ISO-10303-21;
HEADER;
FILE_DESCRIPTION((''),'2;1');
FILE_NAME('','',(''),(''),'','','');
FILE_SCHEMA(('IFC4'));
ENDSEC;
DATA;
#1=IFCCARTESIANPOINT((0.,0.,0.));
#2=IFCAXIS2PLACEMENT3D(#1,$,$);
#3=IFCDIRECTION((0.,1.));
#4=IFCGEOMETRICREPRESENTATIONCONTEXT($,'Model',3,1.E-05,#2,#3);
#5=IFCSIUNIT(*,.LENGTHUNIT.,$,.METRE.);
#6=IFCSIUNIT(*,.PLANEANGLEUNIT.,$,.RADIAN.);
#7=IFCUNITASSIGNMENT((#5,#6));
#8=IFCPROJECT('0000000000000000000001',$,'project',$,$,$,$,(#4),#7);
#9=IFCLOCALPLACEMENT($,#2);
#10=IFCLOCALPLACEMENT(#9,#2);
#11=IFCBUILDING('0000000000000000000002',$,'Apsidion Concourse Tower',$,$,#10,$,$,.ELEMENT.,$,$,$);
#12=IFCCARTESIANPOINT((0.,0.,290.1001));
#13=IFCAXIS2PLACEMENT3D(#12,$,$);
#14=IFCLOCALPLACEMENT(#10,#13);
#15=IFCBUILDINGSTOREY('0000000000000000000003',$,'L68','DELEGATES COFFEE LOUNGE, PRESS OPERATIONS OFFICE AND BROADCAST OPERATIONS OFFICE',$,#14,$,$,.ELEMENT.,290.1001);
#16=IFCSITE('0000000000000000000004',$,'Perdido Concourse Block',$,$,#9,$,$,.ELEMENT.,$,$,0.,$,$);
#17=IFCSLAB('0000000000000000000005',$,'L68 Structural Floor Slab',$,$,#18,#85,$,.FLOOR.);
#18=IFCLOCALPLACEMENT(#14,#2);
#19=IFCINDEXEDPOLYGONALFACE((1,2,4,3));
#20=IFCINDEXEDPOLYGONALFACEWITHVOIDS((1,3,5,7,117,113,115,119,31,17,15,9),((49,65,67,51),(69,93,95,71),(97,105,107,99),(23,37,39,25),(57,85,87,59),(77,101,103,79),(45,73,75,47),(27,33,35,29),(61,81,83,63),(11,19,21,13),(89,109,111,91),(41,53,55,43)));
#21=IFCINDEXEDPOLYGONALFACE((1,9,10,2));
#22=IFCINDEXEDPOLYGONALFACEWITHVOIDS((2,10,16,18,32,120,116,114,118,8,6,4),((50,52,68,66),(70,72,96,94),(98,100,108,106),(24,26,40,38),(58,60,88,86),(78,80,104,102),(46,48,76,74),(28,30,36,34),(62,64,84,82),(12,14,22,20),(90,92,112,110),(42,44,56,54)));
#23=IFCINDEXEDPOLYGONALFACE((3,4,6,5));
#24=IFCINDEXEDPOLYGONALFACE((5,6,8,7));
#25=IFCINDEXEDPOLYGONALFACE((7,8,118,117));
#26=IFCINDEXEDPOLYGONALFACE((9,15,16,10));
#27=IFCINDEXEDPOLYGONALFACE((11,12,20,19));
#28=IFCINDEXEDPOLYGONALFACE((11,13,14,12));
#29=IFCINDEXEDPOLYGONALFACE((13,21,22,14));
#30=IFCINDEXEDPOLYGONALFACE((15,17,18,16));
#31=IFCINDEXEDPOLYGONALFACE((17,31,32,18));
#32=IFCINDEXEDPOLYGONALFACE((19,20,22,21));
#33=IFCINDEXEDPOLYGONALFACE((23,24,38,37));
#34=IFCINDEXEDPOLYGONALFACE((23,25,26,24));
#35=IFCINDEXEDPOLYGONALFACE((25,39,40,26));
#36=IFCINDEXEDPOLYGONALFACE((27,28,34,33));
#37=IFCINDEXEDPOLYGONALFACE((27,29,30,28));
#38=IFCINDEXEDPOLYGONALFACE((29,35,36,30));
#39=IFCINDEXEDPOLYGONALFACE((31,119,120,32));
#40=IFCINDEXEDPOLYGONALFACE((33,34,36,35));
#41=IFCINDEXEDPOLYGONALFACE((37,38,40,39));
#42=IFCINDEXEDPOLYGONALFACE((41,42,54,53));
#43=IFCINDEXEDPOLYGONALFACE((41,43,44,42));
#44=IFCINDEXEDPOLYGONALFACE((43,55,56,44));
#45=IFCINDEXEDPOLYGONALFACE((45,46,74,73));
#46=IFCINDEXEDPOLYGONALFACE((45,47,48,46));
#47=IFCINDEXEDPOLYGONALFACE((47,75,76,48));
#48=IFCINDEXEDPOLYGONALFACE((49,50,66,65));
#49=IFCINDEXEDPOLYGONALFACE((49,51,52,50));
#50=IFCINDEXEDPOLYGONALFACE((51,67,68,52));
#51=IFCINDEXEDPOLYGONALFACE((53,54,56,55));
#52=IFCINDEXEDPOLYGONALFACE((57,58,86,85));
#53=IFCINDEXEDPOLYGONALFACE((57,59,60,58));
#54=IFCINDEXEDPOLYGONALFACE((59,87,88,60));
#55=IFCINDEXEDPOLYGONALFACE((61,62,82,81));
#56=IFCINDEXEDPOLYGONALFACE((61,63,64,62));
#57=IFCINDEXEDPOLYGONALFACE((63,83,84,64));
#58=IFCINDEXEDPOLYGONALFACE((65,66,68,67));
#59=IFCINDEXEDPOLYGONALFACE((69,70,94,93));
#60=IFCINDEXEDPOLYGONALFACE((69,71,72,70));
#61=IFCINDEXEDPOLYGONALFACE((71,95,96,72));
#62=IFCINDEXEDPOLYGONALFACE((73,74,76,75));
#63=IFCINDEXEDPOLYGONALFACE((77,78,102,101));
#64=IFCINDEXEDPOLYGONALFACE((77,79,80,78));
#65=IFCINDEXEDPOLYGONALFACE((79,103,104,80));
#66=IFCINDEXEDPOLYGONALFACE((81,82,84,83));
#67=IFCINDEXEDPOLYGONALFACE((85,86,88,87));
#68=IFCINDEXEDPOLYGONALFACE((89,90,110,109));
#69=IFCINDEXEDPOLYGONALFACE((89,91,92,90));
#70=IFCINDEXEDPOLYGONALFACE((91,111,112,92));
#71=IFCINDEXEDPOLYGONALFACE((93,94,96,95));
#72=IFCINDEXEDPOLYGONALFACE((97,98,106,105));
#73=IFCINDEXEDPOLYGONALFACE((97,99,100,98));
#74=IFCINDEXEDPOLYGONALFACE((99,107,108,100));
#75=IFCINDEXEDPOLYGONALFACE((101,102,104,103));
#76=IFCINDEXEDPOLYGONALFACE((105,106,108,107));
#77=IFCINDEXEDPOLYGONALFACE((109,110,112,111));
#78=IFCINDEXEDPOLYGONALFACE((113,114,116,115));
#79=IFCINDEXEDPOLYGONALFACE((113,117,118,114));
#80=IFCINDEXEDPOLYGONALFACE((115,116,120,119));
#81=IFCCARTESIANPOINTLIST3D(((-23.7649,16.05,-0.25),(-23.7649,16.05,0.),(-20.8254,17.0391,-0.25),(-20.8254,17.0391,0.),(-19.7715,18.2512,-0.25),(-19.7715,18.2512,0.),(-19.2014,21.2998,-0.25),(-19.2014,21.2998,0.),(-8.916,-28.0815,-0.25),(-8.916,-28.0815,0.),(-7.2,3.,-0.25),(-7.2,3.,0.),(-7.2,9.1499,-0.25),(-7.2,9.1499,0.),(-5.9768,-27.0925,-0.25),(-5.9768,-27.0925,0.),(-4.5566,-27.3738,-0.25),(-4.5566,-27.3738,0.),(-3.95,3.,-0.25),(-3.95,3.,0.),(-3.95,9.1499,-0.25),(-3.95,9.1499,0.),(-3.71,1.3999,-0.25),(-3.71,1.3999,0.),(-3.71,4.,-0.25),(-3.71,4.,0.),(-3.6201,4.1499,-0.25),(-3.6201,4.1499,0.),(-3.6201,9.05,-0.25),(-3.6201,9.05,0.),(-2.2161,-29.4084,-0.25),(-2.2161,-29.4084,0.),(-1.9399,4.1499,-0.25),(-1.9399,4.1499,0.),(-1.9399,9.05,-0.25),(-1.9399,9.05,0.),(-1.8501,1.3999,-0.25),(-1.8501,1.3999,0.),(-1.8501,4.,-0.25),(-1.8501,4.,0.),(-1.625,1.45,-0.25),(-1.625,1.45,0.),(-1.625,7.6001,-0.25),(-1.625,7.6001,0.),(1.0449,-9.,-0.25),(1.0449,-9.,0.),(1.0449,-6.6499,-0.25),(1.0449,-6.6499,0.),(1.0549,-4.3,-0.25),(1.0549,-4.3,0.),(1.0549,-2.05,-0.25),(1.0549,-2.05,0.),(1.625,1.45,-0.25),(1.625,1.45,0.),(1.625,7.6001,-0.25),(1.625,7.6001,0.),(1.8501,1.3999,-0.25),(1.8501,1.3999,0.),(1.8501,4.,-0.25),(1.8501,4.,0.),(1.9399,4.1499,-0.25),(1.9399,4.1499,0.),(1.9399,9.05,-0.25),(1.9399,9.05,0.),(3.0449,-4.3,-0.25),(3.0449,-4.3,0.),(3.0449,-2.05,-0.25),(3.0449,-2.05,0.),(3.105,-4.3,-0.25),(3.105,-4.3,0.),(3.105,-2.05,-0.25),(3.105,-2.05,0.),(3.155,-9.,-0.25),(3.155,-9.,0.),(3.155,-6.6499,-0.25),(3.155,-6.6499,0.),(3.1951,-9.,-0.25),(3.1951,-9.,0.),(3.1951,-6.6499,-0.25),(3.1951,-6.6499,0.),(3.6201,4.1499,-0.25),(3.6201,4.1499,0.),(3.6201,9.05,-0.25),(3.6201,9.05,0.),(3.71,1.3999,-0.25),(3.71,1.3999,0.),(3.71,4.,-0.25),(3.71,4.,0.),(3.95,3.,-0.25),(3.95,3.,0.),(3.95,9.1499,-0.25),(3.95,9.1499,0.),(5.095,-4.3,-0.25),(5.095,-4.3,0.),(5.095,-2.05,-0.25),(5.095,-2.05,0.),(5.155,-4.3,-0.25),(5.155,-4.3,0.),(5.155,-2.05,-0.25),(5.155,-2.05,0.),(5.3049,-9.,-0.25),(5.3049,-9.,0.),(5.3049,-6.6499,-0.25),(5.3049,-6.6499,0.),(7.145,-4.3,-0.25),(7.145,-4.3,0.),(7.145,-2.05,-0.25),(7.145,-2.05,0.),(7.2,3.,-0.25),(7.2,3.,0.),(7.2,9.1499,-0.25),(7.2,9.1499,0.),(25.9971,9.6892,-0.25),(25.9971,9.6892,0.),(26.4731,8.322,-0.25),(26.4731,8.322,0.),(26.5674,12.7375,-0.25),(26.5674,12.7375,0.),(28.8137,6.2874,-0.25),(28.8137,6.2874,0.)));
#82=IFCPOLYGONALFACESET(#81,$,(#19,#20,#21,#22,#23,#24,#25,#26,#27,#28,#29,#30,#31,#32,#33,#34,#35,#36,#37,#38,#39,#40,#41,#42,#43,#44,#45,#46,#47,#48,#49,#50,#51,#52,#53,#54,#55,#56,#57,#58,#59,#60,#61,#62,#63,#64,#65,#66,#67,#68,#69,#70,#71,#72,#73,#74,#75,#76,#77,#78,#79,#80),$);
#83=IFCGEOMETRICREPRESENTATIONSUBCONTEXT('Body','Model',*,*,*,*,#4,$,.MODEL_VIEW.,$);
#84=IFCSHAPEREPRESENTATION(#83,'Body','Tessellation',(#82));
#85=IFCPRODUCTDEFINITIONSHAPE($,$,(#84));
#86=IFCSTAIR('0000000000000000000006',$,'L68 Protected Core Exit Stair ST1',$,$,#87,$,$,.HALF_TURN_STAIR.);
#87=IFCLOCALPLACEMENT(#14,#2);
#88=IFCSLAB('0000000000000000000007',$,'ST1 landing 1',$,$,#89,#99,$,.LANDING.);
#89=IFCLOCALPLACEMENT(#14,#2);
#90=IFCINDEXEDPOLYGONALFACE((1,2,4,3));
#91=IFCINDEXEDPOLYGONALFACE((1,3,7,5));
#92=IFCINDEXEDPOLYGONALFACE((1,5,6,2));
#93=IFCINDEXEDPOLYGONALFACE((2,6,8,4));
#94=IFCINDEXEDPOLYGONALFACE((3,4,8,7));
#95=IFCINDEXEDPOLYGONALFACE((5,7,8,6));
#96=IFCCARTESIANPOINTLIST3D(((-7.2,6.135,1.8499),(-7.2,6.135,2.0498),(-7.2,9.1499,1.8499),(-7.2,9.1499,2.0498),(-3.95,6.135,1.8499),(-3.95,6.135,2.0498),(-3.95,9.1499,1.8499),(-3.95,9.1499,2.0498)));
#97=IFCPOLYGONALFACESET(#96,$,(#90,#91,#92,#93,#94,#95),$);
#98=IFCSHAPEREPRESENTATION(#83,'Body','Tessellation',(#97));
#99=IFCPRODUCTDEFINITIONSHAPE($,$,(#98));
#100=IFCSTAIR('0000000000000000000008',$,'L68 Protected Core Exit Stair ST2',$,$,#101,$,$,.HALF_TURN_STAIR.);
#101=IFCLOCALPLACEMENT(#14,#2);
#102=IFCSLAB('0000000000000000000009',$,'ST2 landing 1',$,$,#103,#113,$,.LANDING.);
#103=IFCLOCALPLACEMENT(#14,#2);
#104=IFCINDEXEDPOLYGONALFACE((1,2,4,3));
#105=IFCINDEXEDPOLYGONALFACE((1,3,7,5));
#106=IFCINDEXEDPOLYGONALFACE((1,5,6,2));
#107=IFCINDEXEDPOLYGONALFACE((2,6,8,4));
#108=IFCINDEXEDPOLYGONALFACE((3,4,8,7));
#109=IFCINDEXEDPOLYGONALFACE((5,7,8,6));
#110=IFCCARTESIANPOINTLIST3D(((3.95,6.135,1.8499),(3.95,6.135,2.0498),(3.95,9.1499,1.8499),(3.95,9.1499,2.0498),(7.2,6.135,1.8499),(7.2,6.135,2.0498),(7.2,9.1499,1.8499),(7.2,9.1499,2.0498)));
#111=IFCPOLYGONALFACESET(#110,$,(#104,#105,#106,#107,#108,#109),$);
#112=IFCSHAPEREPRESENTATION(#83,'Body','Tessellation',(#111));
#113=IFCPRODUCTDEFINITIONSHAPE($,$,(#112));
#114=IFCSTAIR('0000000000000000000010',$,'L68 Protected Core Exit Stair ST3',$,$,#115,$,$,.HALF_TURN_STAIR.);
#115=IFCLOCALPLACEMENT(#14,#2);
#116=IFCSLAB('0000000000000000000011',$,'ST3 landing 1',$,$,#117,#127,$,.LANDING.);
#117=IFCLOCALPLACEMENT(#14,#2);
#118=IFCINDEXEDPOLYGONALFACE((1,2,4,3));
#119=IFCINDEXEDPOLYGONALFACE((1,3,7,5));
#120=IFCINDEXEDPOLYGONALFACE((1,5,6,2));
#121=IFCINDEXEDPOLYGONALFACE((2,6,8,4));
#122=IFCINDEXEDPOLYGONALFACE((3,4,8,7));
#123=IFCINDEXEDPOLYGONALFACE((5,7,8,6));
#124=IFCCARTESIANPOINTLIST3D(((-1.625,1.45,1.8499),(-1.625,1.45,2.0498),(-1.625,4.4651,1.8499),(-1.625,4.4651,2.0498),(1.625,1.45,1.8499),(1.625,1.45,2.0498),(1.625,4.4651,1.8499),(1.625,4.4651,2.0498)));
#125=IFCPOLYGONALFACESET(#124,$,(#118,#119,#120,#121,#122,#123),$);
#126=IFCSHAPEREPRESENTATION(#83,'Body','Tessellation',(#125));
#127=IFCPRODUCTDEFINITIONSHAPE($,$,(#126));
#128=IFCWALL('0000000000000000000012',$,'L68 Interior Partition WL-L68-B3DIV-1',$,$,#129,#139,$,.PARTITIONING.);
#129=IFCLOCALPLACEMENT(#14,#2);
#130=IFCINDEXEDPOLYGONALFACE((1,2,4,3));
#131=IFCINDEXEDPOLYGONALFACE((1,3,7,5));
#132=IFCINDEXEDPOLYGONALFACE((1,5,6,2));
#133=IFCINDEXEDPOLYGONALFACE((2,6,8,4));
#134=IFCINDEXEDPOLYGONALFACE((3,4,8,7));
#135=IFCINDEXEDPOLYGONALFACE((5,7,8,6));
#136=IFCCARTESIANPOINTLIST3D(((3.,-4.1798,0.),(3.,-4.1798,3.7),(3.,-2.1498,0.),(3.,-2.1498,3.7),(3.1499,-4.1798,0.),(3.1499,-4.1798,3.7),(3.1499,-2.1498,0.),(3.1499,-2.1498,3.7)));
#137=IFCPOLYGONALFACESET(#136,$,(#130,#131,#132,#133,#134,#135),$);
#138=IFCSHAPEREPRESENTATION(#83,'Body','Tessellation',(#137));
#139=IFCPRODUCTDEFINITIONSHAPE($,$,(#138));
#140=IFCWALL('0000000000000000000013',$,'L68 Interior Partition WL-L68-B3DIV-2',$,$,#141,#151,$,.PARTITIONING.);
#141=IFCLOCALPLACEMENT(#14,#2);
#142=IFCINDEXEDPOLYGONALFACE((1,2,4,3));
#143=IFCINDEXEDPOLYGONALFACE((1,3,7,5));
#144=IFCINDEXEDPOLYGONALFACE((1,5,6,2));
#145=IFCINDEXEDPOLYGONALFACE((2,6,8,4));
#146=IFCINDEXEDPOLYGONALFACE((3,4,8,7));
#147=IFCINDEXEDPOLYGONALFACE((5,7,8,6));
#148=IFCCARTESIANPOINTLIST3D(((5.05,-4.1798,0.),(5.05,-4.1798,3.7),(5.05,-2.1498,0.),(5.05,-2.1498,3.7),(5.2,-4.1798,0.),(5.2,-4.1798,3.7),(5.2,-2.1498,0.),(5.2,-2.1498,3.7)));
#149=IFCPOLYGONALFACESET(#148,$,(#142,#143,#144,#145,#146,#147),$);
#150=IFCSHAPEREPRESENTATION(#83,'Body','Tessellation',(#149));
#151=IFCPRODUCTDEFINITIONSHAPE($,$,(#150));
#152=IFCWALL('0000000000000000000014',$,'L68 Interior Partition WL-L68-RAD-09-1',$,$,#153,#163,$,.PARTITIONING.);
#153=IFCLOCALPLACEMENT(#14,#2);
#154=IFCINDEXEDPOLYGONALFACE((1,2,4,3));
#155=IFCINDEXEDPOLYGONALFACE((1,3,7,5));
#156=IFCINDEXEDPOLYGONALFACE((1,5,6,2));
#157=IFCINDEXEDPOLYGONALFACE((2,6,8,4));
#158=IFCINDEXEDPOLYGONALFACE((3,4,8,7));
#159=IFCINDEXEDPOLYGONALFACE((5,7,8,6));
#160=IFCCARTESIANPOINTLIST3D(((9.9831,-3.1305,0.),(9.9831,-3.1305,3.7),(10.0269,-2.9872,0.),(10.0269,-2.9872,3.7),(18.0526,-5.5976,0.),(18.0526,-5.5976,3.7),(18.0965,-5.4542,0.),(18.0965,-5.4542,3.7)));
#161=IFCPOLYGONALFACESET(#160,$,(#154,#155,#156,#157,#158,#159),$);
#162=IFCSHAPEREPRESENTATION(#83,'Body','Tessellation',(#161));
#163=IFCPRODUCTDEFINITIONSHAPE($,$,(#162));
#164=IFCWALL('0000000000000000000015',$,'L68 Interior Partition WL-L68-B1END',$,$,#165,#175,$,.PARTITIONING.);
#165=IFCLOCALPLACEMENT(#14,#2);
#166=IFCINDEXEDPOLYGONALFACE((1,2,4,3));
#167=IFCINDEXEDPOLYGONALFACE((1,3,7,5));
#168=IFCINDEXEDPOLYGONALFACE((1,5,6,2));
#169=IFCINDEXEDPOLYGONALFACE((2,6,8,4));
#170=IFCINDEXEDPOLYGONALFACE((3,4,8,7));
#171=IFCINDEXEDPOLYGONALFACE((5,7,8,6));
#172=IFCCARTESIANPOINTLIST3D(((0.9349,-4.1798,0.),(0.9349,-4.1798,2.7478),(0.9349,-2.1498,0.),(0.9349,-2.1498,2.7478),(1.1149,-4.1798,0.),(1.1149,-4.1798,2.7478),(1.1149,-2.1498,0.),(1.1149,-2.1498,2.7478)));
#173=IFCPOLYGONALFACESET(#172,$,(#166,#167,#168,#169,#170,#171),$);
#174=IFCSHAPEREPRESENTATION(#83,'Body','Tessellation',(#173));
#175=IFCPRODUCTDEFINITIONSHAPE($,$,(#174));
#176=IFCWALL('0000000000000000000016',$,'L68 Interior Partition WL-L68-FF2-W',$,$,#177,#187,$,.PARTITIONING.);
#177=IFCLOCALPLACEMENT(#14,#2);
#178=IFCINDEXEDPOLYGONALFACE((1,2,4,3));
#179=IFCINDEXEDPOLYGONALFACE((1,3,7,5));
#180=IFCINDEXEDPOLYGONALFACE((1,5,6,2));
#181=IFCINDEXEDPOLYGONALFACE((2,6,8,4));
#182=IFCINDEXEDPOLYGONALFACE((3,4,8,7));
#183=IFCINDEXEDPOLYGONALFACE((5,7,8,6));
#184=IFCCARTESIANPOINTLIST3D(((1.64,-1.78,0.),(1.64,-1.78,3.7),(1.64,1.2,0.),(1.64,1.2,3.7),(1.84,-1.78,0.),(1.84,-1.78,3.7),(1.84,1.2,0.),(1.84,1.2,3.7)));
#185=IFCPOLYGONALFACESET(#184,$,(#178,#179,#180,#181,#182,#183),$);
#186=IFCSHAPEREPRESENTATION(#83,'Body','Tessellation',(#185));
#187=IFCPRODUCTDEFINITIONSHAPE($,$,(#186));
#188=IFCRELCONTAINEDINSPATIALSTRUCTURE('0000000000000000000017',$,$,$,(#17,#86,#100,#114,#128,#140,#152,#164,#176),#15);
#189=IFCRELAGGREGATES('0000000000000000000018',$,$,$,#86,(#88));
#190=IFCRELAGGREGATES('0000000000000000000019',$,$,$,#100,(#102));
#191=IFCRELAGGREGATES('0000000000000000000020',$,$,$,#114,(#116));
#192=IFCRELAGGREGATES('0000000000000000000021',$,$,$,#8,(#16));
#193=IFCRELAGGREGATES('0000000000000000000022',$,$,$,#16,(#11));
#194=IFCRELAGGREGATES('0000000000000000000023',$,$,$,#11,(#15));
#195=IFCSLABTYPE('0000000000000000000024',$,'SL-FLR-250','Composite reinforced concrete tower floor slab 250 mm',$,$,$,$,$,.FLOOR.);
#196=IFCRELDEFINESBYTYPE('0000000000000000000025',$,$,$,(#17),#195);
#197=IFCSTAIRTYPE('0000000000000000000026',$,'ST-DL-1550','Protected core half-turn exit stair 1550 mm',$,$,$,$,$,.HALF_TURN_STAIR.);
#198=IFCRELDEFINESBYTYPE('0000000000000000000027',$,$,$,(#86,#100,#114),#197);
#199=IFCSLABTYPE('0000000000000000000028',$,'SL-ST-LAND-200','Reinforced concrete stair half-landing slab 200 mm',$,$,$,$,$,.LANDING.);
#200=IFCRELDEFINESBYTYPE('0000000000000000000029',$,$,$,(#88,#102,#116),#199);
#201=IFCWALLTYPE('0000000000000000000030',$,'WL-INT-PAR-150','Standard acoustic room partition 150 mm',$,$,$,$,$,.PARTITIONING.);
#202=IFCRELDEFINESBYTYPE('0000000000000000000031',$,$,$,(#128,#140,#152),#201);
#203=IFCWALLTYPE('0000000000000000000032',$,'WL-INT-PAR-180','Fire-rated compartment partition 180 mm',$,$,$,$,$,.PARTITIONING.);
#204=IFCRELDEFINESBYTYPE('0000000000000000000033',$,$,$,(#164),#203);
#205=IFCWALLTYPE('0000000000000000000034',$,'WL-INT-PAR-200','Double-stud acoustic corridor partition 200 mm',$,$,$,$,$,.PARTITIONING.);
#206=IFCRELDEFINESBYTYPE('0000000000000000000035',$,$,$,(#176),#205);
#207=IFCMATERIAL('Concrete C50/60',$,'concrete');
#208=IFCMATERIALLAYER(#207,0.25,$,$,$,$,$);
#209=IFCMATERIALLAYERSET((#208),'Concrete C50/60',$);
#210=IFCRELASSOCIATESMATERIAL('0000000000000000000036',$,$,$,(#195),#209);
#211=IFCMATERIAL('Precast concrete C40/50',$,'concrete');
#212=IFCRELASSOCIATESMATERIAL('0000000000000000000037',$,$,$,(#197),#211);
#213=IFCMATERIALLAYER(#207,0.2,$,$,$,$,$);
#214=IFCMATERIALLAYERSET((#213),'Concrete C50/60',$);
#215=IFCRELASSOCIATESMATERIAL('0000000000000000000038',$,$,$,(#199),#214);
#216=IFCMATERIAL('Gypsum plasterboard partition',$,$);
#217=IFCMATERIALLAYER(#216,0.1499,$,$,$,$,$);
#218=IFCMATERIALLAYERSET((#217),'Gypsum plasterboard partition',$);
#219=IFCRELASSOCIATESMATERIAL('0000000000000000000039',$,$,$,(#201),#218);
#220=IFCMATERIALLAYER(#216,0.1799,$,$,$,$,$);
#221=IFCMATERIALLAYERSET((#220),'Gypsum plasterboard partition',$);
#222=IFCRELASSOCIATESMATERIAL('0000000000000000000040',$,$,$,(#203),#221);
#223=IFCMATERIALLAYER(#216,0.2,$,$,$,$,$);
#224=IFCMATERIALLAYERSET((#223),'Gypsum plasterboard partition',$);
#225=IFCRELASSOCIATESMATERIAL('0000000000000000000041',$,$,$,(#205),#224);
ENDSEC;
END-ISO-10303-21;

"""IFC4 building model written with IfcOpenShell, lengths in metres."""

from ifc_helpers import new_model, si_unit, direction, frame, frame_2d, origin, place, context, subcontext, project, spatial, polyline, rectangle, outline, extrude, material, layer, layer_set, type_object, element, aggregate, save


model = new_model("IFC4")

# Units and contexts
model_context = context("Model", 3, precision=1e-05, world=origin(), true_north=direction((0.0, 1.0)))
body_context = subcontext(model_context, "Body", "Model", "MODEL_VIEW")
ifc_project = project(units=[si_unit("LENGTHUNIT", "METRE"), si_unit("PLANEANGLEUNIT", "RADIAN")], contexts=[model_context])

# Site, building, storey
site_placement = place(None, origin())
site = spatial("IfcSite", under=ifc_project, at=site_placement, Name="Perdido Concourse Block", CompositionType="ELEMENT", RefElevation=0.0)
building_placement = place(site_placement, origin())
building = spatial("IfcBuilding", under=site, at=building_placement, Name="Apsidion Concourse Tower", CompositionType="ELEMENT")
storey_placement = place(building_placement, frame((0.0, 0.0, 290.1001)))
storey = spatial("IfcBuildingStorey", under=building, at=storey_placement, Name="L68", Description="DELEGATES COFFEE LOUNGE, PRESS OPERATIONS OFFICE AND BROADCAST OPERATIONS OFFICE", CompositionType="ELEMENT", Elevation=290.1001)

# Shared definitions
ifc_material_1 = material(Name="Concrete C50/60", Category="concrete")

# Slab
ifc_layer_1 = layer(ifc_material_1, 0.25)
ifc_layer_set_1 = layer_set([ifc_layer_1], Name="Concrete C50/60")
slab_type_1 = type_object("IfcSlabType", Name="SL-FLR-250", Description="Composite reinforced concrete tower floor slab 250 mm", PredefinedType="FLOOR", material=ifc_layer_set_1)
slab_1_placement = place(storey_placement, frame((0.0, 0.0, -0.25)))
element("IfcSlab", 1, at=slab_1_placement, inside=storey, type_object=slab_type_1, Name="L68 Structural Floor Slab", PredefinedType="FLOOR", context=body_context, shape_type="SweptSolid", body=[
    extrude(outline(polyline([(-19.2014, 21.2998), (-19.7715, 18.2512), (-20.8254, 17.0391), (-23.7649, 16.05), (-8.916, -28.0815), (-5.9768, -27.0925), (-4.5566, -27.3738), (-2.2161, -29.4084), (28.8137, 6.2874), (26.4731, 8.322), (25.9971, 9.6892), (26.5674, 12.7375), (-19.2014, 21.2998)]), holes=[polyline([(-3.95, 3.0), (-3.95, 9.1499), (-7.2, 9.1499), (-7.2, 3.0), (-3.95, 3.0)]), polyline([(7.2, 3.0), (7.2, 9.1499), (3.95, 9.1499), (3.95, 3.0), (7.2, 3.0)]), polyline([(-1.625, 7.6001), (-1.625, 1.45), (1.625, 1.45), (1.625, 7.6001), (-1.625, 7.6001)]), polyline([(1.0549, -4.3), (3.0449, -4.3), (3.0449, -2.05), (1.0549, -2.05), (1.0549, -4.3)]), polyline([(3.105, -4.3), (5.095, -4.3), (5.095, -2.05), (3.105, -2.05), (3.105, -4.3)]), polyline([(5.155, -4.3), (7.145, -4.3), (7.145, -2.05), (5.155, -2.05), (5.155, -4.3)]), polyline([(1.0449, -9.0), (3.155, -9.0), (3.155, -6.6499), (1.0449, -6.6499), (1.0449, -9.0)]), polyline([(3.1951, -9.0), (5.3049, -9.0), (5.3049, -6.6499), (3.1951, -6.6499), (3.1951, -9.0)]), polyline([(-3.71, 1.3999), (-1.8501, 1.3999), (-1.8501, 4.0), (-3.71, 4.0), (-3.71, 1.3999)]), polyline([(1.8501, 1.3999), (3.71, 1.3999), (3.71, 4.0), (1.8501, 4.0), (1.8501, 1.3999)]), polyline([(-3.6201, 4.1499), (-1.9399, 4.1499), (-1.9399, 9.05), (-3.6201, 9.05), (-3.6201, 4.1499)]), polyline([(1.9399, 4.1499), (3.6201, 4.1499), (3.6201, 9.05), (1.9399, 9.05), (1.9399, 4.1499)])]), origin(), (0.0, 0.0, 1.0), 0.25),
])

# Stairs, slabs
ifc_material_2 = material(Name="Precast concrete C40/50", Category="concrete")
stair_type = type_object("IfcStairType", Name="ST-DL-1550", Description="Protected core half-turn exit stair 1550 mm", PredefinedType="HALF_TURN_STAIR", material=ifc_material_2)
stair_1_placement = place(storey_placement, origin())
stair_1 = element("IfcStair", 2, at=stair_1_placement, inside=storey, type_object=stair_type, Name="L68 Protected Core Exit Stair ST1", PredefinedType="HALF_TURN_STAIR")
ifc_layer_2 = layer(ifc_material_1, 0.2)
ifc_layer_set_2 = layer_set([ifc_layer_2], Name="Concrete C50/60")
slab_type_2 = type_object("IfcSlabType", Name="SL-ST-LAND-200", Description="Reinforced concrete stair half-landing slab 200 mm", PredefinedType="LANDING", material=ifc_layer_set_2)
slab_2_placement = place(storey_placement, frame((0.0, 0.0, 1.8499)))
slab_2 = element("IfcSlab", 3, at=slab_2_placement, type_object=slab_type_2, Name="ST1 landing 1", PredefinedType="LANDING", context=body_context, shape_type="SweptSolid", body=[
    extrude(outline(polyline([(-3.95, 6.135), (-3.95, 9.1499), (-7.2, 9.1499), (-7.2, 6.135), (-3.95, 6.135)])), origin(), (0.0, 0.0, 1.0), 0.2),
])
aggregate(stair_1, [slab_2])
stair_2_placement = place(storey_placement, origin())
stair_2 = element("IfcStair", 4, at=stair_2_placement, inside=storey, type_object=stair_type, Name="L68 Protected Core Exit Stair ST2", PredefinedType="HALF_TURN_STAIR")
slab_3_placement = place(storey_placement, frame((0.0, 0.0, 1.8499)))
slab_3 = element("IfcSlab", 5, at=slab_3_placement, type_object=slab_type_2, Name="ST2 landing 1", PredefinedType="LANDING", context=body_context, shape_type="SweptSolid", body=[
    extrude(outline(polyline([(7.2, 6.135), (7.2, 9.1499), (3.95, 9.1499), (3.95, 6.135), (7.2, 6.135)])), origin(), (0.0, 0.0, 1.0), 0.2),
])
aggregate(stair_2, [slab_3])
stair_3_placement = place(storey_placement, origin())
stair_3 = element("IfcStair", 6, at=stair_3_placement, inside=storey, type_object=stair_type, Name="L68 Protected Core Exit Stair ST3", PredefinedType="HALF_TURN_STAIR")
slab_4_placement = place(storey_placement, frame((0.0, 0.0, 1.8499)))
slab_4 = element("IfcSlab", 7, at=slab_4_placement, type_object=slab_type_2, Name="ST3 landing 1", PredefinedType="LANDING", context=body_context, shape_type="SweptSolid", body=[
    extrude(outline(polyline([(-1.625, 4.4651), (-1.625, 1.45), (1.625, 1.45), (1.625, 4.4651), (-1.625, 4.4651)])), origin(), (0.0, 0.0, 1.0), 0.2),
])
aggregate(stair_3, [slab_4])

# Walls
ifc_material_3 = material(Name="Gypsum plasterboard partition")
ifc_layer_3 = layer(ifc_material_3, 0.1499)
ifc_layer_set_3 = layer_set([ifc_layer_3], Name="Gypsum plasterboard partition")
wall_type_1 = type_object("IfcWallType", Name="WL-INT-PAR-150", Description="Standard acoustic room partition 150 mm", PredefinedType="PARTITIONING", material=ifc_layer_set_3)
for number, where, z_axis, x_axis, name in (
    (8, (3.075, -4.1799, 0.0), (0.0, 0.0, 1.0), (0.0, 1.0, 0.0), "L68 Interior Partition WL-L68-B3DIV-1"),
    (9, (5.125, -4.1799, 0.0), (0.0, 0.0, 1.0), (0.0, 1.0, 0.0), "L68 Interior Partition WL-L68-B3DIV-2"),
):
    element("IfcWall", number, at=place(storey_placement, frame(where, z_axis=z_axis, x_axis=x_axis)), inside=storey, type_object=wall_type_1, Name=name, PredefinedType="PARTITIONING", context=body_context, shape_type="SweptSolid", body=[
        extrude(rectangle(XDim=2.03, YDim=0.1499, at=frame_2d((1.0151, 0.0))), origin(), (0.0, 0.0, 1.0), 3.7),
    ])
wall_1_placement = place(storey_placement, frame((10.0049, -3.0588, 0.0), z_axis=(0.0, 0.0, 1.0), x_axis=(0.956307, -0.292363, 0.0)))
element("IfcWall", 10, at=wall_1_placement, inside=storey, type_object=wall_type_1, Name="L68 Interior Partition WL-L68-RAD-09-1", PredefinedType="PARTITIONING", context=body_context, shape_type="SweptSolid", body=[
    extrude(rectangle(XDim=8.4382, YDim=0.1499, at=frame_2d((4.2192, 0.0))), origin(), (0.0, 0.0, 1.0), 3.7),
])
ifc_layer_4 = layer(ifc_material_3, 0.1799)
ifc_layer_set_4 = layer_set([ifc_layer_4], Name="Gypsum plasterboard partition")
wall_type_2 = type_object("IfcWallType", Name="WL-INT-PAR-180", Description="Fire-rated compartment partition 180 mm", PredefinedType="PARTITIONING", material=ifc_layer_set_4)
wall_2_placement = place(storey_placement, frame((1.0249, -4.1799, 0.0), z_axis=(0.0, 0.0, 1.0), x_axis=(0.0, 1.0, 0.0)))
element("IfcWall", 11, at=wall_2_placement, inside=storey, type_object=wall_type_2, Name="L68 Interior Partition WL-L68-B1END", PredefinedType="PARTITIONING", context=body_context, shape_type="SweptSolid", body=[
    extrude(rectangle(XDim=2.03, YDim=0.1799, at=frame_2d((1.0151, 0.0))), origin(), (0.0, 0.0, 1.0), 2.7478),
])
ifc_layer_5 = layer(ifc_material_3, 0.2)
ifc_layer_set_5 = layer_set([ifc_layer_5], Name="Gypsum plasterboard partition")
wall_type_3 = type_object("IfcWallType", Name="WL-INT-PAR-200", Description="Double-stud acoustic corridor partition 200 mm", PredefinedType="PARTITIONING", material=ifc_layer_set_5)
wall_3_placement = place(storey_placement, frame((1.74, -1.78, 0.0), z_axis=(0.0, 0.0, 1.0), x_axis=(0.0, 1.0, 0.0)))
element("IfcWall", 12, at=wall_3_placement, inside=storey, type_object=wall_type_3, Name="L68 Interior Partition WL-L68-FF2-W", PredefinedType="PARTITIONING", context=body_context, shape_type="SweptSolid", body=[
    extrude(rectangle(XDim=2.98, YDim=0.2, at=frame_2d((1.49, 0.0))), origin(), (0.0, 0.0, 1.0), 3.7),
])

save(model, "model.ifc")
